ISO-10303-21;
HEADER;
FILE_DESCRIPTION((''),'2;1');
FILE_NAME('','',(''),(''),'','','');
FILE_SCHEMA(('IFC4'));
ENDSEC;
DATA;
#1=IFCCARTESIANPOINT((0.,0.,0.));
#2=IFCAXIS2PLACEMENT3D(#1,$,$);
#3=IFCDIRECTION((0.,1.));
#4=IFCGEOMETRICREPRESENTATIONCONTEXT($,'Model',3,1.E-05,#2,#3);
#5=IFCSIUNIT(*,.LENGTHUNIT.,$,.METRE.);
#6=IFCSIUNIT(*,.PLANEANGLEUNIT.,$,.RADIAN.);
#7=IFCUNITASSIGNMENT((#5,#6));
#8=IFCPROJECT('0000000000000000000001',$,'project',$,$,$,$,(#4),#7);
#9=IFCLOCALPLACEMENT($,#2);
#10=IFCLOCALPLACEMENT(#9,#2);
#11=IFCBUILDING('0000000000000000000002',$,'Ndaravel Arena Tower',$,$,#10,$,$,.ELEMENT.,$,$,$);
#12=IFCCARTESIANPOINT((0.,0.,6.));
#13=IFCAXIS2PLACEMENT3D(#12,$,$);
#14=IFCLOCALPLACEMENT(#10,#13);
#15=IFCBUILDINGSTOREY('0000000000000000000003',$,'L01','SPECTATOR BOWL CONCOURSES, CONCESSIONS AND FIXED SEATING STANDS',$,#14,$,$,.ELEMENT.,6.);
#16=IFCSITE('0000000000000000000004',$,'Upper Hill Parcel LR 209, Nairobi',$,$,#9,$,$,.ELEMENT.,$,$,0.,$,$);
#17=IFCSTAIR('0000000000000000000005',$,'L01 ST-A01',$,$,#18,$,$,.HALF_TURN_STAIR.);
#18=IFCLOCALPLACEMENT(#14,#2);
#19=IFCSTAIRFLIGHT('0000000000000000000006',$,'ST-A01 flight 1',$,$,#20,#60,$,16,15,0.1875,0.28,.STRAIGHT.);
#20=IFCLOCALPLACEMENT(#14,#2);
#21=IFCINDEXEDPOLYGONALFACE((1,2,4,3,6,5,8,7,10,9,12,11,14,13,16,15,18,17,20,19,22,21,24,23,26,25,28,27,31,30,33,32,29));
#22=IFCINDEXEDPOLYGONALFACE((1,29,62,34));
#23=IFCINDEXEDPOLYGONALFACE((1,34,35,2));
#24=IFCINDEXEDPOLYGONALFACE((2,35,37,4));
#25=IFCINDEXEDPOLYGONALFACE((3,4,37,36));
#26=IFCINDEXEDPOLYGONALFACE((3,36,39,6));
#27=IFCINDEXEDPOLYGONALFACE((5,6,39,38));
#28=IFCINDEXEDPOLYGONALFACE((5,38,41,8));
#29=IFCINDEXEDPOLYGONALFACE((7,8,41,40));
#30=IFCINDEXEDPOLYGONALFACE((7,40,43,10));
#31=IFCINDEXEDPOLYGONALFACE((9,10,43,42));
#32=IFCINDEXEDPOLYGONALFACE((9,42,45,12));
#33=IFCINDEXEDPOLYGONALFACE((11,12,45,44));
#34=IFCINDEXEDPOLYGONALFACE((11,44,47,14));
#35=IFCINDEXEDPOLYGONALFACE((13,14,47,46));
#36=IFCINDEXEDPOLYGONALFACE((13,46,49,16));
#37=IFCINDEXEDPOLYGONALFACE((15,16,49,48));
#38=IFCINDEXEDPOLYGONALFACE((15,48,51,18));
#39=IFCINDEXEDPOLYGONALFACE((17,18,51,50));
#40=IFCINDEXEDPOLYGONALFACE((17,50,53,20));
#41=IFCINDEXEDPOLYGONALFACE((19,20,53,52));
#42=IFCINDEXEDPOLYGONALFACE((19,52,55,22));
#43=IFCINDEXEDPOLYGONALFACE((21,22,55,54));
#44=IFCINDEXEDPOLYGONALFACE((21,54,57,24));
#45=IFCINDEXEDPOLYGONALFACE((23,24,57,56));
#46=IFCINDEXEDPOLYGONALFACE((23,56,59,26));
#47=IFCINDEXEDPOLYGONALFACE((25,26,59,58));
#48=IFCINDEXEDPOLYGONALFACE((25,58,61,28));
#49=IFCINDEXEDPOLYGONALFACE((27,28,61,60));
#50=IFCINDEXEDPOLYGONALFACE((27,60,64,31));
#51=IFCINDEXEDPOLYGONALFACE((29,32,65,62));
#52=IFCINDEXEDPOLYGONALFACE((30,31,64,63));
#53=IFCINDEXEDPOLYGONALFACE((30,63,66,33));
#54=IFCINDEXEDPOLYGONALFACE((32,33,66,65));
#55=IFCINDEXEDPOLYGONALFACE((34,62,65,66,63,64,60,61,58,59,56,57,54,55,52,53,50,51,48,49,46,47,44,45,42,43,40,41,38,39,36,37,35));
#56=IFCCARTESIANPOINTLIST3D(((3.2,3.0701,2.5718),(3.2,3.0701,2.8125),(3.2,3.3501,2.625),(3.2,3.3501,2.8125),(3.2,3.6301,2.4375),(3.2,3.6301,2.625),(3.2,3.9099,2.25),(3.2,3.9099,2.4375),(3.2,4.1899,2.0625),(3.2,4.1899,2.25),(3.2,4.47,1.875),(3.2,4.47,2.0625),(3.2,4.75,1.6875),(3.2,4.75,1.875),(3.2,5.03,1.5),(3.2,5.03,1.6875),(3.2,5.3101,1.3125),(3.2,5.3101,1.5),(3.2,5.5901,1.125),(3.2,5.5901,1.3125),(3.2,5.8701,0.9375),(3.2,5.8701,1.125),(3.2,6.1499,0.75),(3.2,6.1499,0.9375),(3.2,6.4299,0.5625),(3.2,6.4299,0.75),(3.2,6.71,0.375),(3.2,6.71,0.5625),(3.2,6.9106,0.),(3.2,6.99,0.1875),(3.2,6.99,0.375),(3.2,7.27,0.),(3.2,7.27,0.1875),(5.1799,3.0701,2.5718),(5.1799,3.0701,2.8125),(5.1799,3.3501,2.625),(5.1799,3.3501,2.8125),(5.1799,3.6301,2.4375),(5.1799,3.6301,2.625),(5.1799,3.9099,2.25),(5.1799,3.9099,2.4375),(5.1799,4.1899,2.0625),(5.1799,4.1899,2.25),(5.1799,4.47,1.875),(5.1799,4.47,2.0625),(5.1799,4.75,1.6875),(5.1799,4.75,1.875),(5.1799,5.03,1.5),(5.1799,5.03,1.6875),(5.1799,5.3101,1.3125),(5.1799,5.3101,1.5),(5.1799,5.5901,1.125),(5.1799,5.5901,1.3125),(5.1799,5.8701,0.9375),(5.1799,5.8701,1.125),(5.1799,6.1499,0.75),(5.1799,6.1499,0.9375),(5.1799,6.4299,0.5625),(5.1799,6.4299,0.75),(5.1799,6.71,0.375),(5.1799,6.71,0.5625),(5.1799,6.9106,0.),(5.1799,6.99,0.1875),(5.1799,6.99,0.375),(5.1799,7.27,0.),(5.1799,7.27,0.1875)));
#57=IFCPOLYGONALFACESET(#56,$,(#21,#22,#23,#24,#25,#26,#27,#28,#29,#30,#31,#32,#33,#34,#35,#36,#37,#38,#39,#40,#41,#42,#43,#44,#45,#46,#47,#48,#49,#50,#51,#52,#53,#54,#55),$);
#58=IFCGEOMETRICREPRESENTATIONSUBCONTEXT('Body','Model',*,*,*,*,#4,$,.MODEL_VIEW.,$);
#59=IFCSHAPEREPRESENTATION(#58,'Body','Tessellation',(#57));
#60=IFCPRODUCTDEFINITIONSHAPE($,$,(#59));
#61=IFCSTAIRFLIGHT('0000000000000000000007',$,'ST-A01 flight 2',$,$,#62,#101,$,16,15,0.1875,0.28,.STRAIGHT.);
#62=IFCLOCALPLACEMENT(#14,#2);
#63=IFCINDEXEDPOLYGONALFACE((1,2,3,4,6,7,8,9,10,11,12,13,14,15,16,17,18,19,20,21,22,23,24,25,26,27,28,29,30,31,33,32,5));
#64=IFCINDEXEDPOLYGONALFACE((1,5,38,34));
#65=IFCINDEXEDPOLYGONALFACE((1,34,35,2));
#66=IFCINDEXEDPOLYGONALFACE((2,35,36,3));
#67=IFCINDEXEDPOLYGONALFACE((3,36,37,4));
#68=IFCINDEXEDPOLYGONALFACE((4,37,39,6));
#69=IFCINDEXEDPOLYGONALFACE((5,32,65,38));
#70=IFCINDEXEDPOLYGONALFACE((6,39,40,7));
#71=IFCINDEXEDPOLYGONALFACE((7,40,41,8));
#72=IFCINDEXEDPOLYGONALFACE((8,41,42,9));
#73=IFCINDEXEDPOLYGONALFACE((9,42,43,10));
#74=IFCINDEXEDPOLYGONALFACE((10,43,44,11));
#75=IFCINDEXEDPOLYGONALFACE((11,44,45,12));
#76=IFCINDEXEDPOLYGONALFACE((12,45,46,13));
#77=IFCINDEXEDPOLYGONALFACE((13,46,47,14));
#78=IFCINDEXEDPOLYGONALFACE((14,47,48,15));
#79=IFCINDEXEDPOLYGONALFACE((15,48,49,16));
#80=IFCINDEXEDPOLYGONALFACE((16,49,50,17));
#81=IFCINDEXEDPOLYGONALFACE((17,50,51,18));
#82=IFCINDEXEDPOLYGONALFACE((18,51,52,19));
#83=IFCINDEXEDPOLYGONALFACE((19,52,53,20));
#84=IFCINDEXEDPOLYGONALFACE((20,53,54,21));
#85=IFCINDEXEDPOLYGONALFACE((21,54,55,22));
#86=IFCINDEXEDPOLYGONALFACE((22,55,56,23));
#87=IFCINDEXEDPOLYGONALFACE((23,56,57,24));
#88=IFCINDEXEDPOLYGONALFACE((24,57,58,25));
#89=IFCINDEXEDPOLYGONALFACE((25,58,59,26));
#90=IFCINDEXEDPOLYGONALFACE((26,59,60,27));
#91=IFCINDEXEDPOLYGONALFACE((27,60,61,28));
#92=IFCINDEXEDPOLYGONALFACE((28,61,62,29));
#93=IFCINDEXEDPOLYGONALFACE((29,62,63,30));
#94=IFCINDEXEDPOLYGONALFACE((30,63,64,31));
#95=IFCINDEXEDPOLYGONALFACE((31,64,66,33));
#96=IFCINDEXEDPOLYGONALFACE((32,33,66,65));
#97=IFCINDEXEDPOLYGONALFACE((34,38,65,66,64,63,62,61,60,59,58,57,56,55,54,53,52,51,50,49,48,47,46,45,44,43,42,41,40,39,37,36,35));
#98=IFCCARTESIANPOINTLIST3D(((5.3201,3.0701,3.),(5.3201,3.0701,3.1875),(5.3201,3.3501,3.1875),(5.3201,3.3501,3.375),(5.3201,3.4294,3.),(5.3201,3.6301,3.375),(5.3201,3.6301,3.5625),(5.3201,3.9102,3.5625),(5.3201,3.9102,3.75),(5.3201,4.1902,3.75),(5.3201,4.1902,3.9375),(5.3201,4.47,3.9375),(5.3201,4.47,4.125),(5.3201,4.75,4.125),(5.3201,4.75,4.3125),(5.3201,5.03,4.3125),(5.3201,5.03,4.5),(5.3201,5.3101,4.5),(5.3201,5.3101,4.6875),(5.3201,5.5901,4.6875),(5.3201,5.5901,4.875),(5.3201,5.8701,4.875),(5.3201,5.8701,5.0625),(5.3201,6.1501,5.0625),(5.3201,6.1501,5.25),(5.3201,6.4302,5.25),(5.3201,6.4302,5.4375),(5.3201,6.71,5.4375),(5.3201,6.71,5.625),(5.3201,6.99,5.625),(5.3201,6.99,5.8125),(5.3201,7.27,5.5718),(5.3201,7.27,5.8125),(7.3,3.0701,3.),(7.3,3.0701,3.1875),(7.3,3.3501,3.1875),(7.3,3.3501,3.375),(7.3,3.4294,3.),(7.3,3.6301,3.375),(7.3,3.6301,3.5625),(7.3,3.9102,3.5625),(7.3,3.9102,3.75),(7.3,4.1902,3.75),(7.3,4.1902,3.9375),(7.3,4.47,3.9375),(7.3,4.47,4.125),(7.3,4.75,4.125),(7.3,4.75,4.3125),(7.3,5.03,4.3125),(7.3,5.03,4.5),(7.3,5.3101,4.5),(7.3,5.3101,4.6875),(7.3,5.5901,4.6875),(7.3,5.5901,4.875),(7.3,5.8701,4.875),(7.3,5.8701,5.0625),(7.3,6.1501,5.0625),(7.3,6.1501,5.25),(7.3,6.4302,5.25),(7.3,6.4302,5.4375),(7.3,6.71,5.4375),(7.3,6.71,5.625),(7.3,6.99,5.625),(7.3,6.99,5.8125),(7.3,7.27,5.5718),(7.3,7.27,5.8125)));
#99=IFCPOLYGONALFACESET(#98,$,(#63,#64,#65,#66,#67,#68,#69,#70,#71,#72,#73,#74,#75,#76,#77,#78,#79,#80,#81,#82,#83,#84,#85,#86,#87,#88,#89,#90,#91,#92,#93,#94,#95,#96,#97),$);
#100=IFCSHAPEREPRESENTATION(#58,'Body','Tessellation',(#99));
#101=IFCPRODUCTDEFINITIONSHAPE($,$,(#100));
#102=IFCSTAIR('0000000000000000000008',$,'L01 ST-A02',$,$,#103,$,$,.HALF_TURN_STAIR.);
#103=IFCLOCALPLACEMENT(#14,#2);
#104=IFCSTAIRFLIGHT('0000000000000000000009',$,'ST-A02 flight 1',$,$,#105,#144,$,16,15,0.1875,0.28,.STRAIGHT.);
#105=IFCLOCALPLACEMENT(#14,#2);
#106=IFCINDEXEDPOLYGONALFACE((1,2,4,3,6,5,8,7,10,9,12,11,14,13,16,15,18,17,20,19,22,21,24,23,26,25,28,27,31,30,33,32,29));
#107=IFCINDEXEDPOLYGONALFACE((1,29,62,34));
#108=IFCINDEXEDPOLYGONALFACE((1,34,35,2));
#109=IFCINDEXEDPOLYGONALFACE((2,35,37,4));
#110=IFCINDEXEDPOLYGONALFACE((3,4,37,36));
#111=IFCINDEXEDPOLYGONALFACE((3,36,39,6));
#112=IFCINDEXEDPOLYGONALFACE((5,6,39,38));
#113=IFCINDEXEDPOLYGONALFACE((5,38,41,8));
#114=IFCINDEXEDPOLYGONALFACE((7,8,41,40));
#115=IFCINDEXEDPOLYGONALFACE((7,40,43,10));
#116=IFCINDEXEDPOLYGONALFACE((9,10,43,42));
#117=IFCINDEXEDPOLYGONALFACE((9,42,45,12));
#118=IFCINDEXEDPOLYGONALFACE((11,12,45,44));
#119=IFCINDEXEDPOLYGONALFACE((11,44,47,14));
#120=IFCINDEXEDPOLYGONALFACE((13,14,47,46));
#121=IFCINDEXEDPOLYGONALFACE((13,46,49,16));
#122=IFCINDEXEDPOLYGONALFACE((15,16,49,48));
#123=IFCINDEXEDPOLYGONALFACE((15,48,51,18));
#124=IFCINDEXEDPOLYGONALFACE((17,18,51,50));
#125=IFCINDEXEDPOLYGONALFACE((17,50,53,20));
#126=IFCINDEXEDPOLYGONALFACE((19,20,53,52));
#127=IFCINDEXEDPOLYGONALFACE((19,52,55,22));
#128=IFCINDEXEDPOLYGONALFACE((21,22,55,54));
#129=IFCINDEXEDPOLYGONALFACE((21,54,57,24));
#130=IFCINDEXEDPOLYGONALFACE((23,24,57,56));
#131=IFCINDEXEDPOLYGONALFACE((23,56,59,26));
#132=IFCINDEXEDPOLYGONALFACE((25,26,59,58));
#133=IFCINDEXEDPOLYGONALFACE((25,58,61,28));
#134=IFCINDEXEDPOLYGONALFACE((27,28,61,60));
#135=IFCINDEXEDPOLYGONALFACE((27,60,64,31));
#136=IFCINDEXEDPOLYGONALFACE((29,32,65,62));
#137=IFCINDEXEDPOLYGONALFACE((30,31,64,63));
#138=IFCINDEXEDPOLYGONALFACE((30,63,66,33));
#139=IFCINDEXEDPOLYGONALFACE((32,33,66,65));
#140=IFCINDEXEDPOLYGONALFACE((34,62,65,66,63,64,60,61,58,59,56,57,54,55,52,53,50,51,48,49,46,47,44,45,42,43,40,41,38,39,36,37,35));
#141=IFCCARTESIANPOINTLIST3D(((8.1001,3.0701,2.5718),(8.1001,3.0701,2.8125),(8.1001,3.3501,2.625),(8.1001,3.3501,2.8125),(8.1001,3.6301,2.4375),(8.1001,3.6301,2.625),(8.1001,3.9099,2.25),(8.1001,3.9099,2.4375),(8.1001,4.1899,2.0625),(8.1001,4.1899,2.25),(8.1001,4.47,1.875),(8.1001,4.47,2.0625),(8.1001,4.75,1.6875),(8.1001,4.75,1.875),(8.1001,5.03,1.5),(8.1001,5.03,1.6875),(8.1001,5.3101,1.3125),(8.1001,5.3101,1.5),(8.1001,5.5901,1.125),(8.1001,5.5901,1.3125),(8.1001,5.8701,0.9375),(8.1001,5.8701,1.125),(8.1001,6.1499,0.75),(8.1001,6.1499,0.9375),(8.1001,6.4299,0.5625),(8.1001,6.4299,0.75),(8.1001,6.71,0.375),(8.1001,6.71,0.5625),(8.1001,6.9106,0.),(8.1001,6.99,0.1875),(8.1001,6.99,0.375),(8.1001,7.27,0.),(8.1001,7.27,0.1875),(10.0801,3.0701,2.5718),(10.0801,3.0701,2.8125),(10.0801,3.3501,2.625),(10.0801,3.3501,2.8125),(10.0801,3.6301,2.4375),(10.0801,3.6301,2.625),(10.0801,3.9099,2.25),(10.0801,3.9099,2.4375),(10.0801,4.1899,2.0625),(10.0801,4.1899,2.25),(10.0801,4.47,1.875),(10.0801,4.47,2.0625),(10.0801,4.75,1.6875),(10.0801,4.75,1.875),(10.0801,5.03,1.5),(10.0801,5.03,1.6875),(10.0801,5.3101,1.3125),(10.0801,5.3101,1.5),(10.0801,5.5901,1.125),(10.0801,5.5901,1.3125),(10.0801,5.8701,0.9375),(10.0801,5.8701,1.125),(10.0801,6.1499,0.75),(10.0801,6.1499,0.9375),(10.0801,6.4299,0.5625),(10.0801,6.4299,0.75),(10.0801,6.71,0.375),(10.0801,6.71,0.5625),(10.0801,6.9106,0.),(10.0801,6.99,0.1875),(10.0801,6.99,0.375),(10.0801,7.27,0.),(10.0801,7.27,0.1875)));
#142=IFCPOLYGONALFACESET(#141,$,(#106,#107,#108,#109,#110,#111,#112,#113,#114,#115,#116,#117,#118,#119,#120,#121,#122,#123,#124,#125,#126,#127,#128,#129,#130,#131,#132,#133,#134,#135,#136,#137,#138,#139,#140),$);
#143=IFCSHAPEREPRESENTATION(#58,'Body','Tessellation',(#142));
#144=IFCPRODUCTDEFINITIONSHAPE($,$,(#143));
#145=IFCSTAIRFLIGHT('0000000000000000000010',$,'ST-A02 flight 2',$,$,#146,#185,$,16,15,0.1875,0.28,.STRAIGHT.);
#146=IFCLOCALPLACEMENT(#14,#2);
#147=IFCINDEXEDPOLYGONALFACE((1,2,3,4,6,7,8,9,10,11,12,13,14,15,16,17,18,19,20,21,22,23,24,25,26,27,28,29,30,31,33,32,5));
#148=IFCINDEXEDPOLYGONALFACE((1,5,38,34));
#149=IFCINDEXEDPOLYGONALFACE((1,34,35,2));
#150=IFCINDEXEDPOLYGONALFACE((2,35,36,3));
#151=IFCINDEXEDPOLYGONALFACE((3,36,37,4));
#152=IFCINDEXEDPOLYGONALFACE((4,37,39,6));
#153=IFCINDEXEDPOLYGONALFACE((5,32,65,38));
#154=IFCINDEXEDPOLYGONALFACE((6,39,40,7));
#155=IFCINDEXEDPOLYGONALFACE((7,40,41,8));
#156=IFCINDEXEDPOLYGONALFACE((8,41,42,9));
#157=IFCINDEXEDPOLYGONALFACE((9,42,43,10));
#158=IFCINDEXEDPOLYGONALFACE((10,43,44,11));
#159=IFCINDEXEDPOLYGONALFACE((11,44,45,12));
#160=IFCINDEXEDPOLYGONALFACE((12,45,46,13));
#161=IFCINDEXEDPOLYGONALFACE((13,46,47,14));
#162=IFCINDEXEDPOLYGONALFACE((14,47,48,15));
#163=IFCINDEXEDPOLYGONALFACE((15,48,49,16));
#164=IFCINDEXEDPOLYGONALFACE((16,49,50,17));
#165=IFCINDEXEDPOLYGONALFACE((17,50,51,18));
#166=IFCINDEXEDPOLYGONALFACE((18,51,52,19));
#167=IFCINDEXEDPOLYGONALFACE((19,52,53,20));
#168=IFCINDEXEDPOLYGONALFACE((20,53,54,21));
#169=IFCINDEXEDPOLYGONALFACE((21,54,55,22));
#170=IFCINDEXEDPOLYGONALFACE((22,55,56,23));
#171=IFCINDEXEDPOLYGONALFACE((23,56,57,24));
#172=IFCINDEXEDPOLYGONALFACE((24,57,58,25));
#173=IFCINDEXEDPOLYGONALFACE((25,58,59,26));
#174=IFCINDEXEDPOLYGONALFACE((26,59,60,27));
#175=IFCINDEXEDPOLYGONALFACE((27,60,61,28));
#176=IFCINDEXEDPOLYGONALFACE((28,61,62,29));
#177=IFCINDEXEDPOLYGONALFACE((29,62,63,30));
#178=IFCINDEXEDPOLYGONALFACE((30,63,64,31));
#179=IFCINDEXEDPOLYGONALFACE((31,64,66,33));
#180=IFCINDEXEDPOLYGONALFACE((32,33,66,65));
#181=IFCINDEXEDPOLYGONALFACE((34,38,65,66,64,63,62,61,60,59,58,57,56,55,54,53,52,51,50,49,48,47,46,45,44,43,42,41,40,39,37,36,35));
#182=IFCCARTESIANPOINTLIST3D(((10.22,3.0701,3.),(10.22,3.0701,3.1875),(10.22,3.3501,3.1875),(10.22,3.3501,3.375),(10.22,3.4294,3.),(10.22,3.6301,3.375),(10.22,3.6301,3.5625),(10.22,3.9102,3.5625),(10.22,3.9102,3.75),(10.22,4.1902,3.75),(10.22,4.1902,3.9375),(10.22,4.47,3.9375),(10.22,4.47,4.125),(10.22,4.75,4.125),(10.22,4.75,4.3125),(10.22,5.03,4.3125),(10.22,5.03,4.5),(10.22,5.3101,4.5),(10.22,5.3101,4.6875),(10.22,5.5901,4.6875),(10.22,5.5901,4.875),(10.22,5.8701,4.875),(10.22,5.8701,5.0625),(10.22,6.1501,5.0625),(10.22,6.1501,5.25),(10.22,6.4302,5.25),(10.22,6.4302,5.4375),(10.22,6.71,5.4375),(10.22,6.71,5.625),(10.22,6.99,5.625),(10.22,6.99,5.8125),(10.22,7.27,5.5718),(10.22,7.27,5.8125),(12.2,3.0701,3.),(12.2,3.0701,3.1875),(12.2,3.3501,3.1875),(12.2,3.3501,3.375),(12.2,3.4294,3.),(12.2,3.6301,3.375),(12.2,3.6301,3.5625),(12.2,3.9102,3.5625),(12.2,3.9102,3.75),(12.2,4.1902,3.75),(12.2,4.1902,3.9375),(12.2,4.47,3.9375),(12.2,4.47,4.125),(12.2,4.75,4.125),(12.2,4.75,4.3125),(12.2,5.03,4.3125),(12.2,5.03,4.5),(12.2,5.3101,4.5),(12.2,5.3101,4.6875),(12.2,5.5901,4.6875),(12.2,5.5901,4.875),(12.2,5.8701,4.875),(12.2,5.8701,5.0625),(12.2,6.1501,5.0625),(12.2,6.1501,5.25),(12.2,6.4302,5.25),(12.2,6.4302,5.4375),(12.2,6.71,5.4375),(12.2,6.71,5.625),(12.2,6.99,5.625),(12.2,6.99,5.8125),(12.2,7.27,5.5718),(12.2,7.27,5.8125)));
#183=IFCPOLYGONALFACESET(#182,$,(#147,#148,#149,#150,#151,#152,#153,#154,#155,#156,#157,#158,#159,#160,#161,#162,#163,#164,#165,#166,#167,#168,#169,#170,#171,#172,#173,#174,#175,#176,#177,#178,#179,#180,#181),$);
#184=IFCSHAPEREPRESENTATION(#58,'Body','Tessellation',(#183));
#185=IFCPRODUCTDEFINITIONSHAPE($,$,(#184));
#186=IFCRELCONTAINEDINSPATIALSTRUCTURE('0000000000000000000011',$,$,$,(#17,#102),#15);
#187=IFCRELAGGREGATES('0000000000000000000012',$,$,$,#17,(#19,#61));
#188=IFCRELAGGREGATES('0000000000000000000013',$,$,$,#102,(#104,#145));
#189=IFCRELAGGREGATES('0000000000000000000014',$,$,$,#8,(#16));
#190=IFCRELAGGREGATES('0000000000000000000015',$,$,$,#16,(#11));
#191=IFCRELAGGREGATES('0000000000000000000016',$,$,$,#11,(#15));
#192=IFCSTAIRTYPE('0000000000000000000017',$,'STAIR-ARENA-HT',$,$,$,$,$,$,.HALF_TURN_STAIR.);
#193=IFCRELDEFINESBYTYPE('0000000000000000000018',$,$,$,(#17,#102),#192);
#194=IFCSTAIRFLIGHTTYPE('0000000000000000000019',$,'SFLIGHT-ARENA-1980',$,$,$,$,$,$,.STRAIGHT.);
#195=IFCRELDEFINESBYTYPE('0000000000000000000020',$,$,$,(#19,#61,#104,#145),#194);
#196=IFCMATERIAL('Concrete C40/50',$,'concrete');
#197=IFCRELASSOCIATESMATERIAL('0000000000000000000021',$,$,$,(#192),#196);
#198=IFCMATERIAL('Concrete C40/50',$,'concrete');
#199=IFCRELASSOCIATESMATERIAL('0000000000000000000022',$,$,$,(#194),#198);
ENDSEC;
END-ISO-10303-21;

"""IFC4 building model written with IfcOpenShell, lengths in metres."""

from ifc_helpers import new_model, si_unit, direction, frame, origin, place, context, subcontext, project, spatial, polyline, outline, extrude, material, type_object, element, aggregate, save


model = new_model("IFC4")

# Units and contexts
model_context = context("Model", 3, precision=1e-05, world=origin(), true_north=direction((0.0, 1.0)))
body_context = subcontext(model_context, "Body", "Model", "MODEL_VIEW")
ifc_project = project(units=[si_unit("LENGTHUNIT", "METRE"), si_unit("PLANEANGLEUNIT", "RADIAN")], contexts=[model_context])

# Site, building, storey
site_placement = place(None, origin())
site = spatial("IfcSite", under=ifc_project, at=site_placement, Name="Upper Hill Parcel LR 209, Nairobi", CompositionType="ELEMENT", RefElevation=0.0)
building_placement = place(site_placement, origin())
building = spatial("IfcBuilding", under=site, at=building_placement, Name="Ndaravel Arena Tower", CompositionType="ELEMENT")
storey_placement = place(building_placement, frame((0.0, 0.0, 6.0)))
storey = spatial("IfcBuildingStorey", under=building, at=storey_placement, Name="L01", Description="SPECTATOR BOWL CONCOURSES, CONCESSIONS AND FIXED SEATING STANDS", CompositionType="ELEMENT", Elevation=6.0)

# Stairs, stair flights
ifc_material_1 = material(Name="Concrete C40/50", Category="concrete")
stair_type = type_object("IfcStairType", Name="STAIR-ARENA-HT", PredefinedType="HALF_TURN_STAIR", material=ifc_material_1)
stair_1_placement = place(storey_placement, origin())
stair_1 = element("IfcStair", 1, at=stair_1_placement, inside=storey, type_object=stair_type, Name="L01 ST-A01", PredefinedType="HALF_TURN_STAIR")
ifc_material_2 = material(Name="Concrete C40/50", Category="concrete")
stair_flight_type = type_object("IfcStairFlightType", Name="SFLIGHT-ARENA-1980", PredefinedType="STRAIGHT", material=ifc_material_2)
stair_flight_1_placement = place(storey_placement, frame((4.1899, 7.27, 0.0), z_axis=(0.0, 0.0, 1.0), x_axis=(0.0, -1.0, 0.0)))
stair_flight_1 = element("IfcStairFlight", 2, at=stair_flight_1_placement, type_object=stair_flight_type, Name="ST-A01 flight 1", NumberOfRisers=16, NumberOfTreads=15, PredefinedType="STRAIGHT", RiserHeight=0.1875, TreadLength=0.28, context=body_context, shape_type="SweptSolid", body=[
    extrude(outline(polyline([(0.0, 0.0), (0.0, 0.1875), (0.28, 0.1875), (0.28, 0.375), (0.5601, 0.375), (0.5601, 0.5625), (0.8401, 0.5625), (0.8401, 0.75), (1.1201, 0.75), (1.1201, 0.9375), (1.3999, 0.9375), (1.3999, 1.125), (1.6799, 1.125), (1.6799, 1.3125), (1.96, 1.3125), (1.96, 1.5), (2.24, 1.5), (2.24, 1.6875), (2.52, 1.6875), (2.52, 1.875), (2.8, 1.875), (2.8, 2.0625), (3.0801, 2.0625), (3.0801, 2.25), (3.3601, 2.25), (3.3601, 2.4375), (3.6399, 2.4375), (3.6399, 2.625), (3.9199, 2.625), (3.9199, 2.8125), (4.2, 2.8125), (4.2, 3.0), (4.2, 2.5718), (0.3594, 0.0), (0.0, 0.0)])), frame((0.0, 0.99, 0.0), z_axis=(0.0, -1.0, 0.0), x_axis=(1.0, 0.0, 0.0)), (0.0, 0.0, 1.0), 1.98),
])
stair_flight_2_placement = place(storey_placement, frame((6.3101, 3.0701, 3.0), z_axis=(0.0, 0.0, 1.0), x_axis=(0.0, 1.0, 0.0)))
stair_flight_2 = element("IfcStairFlight", 3, at=stair_flight_2_placement, type_object=stair_flight_type, Name="ST-A01 flight 2", NumberOfRisers=16, NumberOfTreads=15, PredefinedType="STRAIGHT", RiserHeight=0.1875, TreadLength=0.28, context=body_context, shape_type="SweptSolid", body=[
    extrude(outline(polyline([(0.0, 0.0), (0.0, 0.1875), (0.28, 0.1875), (0.28, 0.375), (0.5601, 0.375), (0.5601, 0.5625), (0.8401, 0.5625), (0.8401, 0.75), (1.1201, 0.75), (1.1201, 0.9375), (1.3999, 0.9375), (1.3999, 1.125), (1.6799, 1.125), (1.6799, 1.3125), (1.96, 1.3125), (1.96, 1.5), (2.24, 1.5), (2.24, 1.6875), (2.52, 1.6875), (2.52, 1.875), (2.8, 1.875), (2.8, 2.0625), (3.0801, 2.0625), (3.0801, 2.25), (3.3601, 2.25), (3.3601, 2.4375), (3.6399, 2.4375), (3.6399, 2.625), (3.9199, 2.625), (3.9199, 2.8125), (4.2, 2.8125), (4.2, 3.0), (4.2, 2.5718), (0.3594, 0.0), (0.0, 0.0)])), frame((0.0, 0.99, 0.0), z_axis=(0.0, -1.0, 0.0), x_axis=(1.0, 0.0, 0.0)), (0.0, 0.0, 1.0), 1.98),
])
aggregate(stair_1, [stair_flight_1, stair_flight_2])
stair_2_placement = place(storey_placement, origin())
stair_2 = element("IfcStair", 4, at=stair_2_placement, inside=storey, type_object=stair_type, Name="L01 ST-A02", PredefinedType="HALF_TURN_STAIR")
stair_flight_3_placement = place(storey_placement, frame((9.0901, 7.27, 0.0), z_axis=(0.0, 0.0, 1.0), x_axis=(0.0, -1.0, 0.0)))
stair_flight_3 = element("IfcStairFlight", 5, at=stair_flight_3_placement, type_object=stair_flight_type, Name="ST-A02 flight 1", NumberOfRisers=16, NumberOfTreads=15, PredefinedType="STRAIGHT", RiserHeight=0.1875, TreadLength=0.28, context=body_context, shape_type="SweptSolid", body=[
    extrude(outline(polyline([(0.0, 0.0), (0.0, 0.1875), (0.28, 0.1875), (0.28, 0.375), (0.5601, 0.375), (0.5601, 0.5625), (0.8401, 0.5625), (0.8401, 0.75), (1.1201, 0.75), (1.1201, 0.9375), (1.3999, 0.9375), (1.3999, 1.125), (1.6799, 1.125), (1.6799, 1.3125), (1.96, 1.3125), (1.96, 1.5), (2.24, 1.5), (2.24, 1.6875), (2.52, 1.6875), (2.52, 1.875), (2.8, 1.875), (2.8, 2.0625), (3.0801, 2.0625), (3.0801, 2.25), (3.3601, 2.25), (3.3601, 2.4375), (3.6399, 2.4375), (3.6399, 2.625), (3.9199, 2.625), (3.9199, 2.8125), (4.2, 2.8125), (4.2, 3.0), (4.2, 2.5718), (0.3594, 0.0), (0.0, 0.0)])), frame((0.0, 0.99, 0.0), z_axis=(0.0, -1.0, 0.0), x_axis=(1.0, 0.0, 0.0)), (0.0, 0.0, 1.0), 1.98),
])
stair_flight_4_placement = place(storey_placement, frame((11.21, 3.0701, 3.0), z_axis=(0.0, 0.0, 1.0), x_axis=(0.0, 1.0, 0.0)))
stair_flight_4 = element("IfcStairFlight", 6, at=stair_flight_4_placement, type_object=stair_flight_type, Name="ST-A02 flight 2", NumberOfRisers=16, NumberOfTreads=15, PredefinedType="STRAIGHT", RiserHeight=0.1875, TreadLength=0.28, context=body_context, shape_type="SweptSolid", body=[
    extrude(outline(polyline([(0.0, 0.0), (0.0, 0.1875), (0.28, 0.1875), (0.28, 0.375), (0.5601, 0.375), (0.5601, 0.5625), (0.8401, 0.5625), (0.8401, 0.75), (1.1201, 0.75), (1.1201, 0.9375), (1.3999, 0.9375), (1.3999, 1.125), (1.6799, 1.125), (1.6799, 1.3125), (1.96, 1.3125), (1.96, 1.5), (2.24, 1.5), (2.24, 1.6875), (2.52, 1.6875), (2.52, 1.875), (2.8, 1.875), (2.8, 2.0625), (3.0801, 2.0625), (3.0801, 2.25), (3.3601, 2.25), (3.3601, 2.4375), (3.6399, 2.4375), (3.6399, 2.625), (3.9199, 2.625), (3.9199, 2.8125), (4.2, 2.8125), (4.2, 3.0), (4.2, 2.5718), (0.3594, 0.0), (0.0, 0.0)])), frame((0.0, 0.99, 0.0), z_axis=(0.0, -1.0, 0.0), x_axis=(1.0, 0.0, 0.0)), (0.0, 0.0, 1.0), 1.98),
])
aggregate(stair_2, [stair_flight_3, stair_flight_4])

save(model, "model.ifc")
